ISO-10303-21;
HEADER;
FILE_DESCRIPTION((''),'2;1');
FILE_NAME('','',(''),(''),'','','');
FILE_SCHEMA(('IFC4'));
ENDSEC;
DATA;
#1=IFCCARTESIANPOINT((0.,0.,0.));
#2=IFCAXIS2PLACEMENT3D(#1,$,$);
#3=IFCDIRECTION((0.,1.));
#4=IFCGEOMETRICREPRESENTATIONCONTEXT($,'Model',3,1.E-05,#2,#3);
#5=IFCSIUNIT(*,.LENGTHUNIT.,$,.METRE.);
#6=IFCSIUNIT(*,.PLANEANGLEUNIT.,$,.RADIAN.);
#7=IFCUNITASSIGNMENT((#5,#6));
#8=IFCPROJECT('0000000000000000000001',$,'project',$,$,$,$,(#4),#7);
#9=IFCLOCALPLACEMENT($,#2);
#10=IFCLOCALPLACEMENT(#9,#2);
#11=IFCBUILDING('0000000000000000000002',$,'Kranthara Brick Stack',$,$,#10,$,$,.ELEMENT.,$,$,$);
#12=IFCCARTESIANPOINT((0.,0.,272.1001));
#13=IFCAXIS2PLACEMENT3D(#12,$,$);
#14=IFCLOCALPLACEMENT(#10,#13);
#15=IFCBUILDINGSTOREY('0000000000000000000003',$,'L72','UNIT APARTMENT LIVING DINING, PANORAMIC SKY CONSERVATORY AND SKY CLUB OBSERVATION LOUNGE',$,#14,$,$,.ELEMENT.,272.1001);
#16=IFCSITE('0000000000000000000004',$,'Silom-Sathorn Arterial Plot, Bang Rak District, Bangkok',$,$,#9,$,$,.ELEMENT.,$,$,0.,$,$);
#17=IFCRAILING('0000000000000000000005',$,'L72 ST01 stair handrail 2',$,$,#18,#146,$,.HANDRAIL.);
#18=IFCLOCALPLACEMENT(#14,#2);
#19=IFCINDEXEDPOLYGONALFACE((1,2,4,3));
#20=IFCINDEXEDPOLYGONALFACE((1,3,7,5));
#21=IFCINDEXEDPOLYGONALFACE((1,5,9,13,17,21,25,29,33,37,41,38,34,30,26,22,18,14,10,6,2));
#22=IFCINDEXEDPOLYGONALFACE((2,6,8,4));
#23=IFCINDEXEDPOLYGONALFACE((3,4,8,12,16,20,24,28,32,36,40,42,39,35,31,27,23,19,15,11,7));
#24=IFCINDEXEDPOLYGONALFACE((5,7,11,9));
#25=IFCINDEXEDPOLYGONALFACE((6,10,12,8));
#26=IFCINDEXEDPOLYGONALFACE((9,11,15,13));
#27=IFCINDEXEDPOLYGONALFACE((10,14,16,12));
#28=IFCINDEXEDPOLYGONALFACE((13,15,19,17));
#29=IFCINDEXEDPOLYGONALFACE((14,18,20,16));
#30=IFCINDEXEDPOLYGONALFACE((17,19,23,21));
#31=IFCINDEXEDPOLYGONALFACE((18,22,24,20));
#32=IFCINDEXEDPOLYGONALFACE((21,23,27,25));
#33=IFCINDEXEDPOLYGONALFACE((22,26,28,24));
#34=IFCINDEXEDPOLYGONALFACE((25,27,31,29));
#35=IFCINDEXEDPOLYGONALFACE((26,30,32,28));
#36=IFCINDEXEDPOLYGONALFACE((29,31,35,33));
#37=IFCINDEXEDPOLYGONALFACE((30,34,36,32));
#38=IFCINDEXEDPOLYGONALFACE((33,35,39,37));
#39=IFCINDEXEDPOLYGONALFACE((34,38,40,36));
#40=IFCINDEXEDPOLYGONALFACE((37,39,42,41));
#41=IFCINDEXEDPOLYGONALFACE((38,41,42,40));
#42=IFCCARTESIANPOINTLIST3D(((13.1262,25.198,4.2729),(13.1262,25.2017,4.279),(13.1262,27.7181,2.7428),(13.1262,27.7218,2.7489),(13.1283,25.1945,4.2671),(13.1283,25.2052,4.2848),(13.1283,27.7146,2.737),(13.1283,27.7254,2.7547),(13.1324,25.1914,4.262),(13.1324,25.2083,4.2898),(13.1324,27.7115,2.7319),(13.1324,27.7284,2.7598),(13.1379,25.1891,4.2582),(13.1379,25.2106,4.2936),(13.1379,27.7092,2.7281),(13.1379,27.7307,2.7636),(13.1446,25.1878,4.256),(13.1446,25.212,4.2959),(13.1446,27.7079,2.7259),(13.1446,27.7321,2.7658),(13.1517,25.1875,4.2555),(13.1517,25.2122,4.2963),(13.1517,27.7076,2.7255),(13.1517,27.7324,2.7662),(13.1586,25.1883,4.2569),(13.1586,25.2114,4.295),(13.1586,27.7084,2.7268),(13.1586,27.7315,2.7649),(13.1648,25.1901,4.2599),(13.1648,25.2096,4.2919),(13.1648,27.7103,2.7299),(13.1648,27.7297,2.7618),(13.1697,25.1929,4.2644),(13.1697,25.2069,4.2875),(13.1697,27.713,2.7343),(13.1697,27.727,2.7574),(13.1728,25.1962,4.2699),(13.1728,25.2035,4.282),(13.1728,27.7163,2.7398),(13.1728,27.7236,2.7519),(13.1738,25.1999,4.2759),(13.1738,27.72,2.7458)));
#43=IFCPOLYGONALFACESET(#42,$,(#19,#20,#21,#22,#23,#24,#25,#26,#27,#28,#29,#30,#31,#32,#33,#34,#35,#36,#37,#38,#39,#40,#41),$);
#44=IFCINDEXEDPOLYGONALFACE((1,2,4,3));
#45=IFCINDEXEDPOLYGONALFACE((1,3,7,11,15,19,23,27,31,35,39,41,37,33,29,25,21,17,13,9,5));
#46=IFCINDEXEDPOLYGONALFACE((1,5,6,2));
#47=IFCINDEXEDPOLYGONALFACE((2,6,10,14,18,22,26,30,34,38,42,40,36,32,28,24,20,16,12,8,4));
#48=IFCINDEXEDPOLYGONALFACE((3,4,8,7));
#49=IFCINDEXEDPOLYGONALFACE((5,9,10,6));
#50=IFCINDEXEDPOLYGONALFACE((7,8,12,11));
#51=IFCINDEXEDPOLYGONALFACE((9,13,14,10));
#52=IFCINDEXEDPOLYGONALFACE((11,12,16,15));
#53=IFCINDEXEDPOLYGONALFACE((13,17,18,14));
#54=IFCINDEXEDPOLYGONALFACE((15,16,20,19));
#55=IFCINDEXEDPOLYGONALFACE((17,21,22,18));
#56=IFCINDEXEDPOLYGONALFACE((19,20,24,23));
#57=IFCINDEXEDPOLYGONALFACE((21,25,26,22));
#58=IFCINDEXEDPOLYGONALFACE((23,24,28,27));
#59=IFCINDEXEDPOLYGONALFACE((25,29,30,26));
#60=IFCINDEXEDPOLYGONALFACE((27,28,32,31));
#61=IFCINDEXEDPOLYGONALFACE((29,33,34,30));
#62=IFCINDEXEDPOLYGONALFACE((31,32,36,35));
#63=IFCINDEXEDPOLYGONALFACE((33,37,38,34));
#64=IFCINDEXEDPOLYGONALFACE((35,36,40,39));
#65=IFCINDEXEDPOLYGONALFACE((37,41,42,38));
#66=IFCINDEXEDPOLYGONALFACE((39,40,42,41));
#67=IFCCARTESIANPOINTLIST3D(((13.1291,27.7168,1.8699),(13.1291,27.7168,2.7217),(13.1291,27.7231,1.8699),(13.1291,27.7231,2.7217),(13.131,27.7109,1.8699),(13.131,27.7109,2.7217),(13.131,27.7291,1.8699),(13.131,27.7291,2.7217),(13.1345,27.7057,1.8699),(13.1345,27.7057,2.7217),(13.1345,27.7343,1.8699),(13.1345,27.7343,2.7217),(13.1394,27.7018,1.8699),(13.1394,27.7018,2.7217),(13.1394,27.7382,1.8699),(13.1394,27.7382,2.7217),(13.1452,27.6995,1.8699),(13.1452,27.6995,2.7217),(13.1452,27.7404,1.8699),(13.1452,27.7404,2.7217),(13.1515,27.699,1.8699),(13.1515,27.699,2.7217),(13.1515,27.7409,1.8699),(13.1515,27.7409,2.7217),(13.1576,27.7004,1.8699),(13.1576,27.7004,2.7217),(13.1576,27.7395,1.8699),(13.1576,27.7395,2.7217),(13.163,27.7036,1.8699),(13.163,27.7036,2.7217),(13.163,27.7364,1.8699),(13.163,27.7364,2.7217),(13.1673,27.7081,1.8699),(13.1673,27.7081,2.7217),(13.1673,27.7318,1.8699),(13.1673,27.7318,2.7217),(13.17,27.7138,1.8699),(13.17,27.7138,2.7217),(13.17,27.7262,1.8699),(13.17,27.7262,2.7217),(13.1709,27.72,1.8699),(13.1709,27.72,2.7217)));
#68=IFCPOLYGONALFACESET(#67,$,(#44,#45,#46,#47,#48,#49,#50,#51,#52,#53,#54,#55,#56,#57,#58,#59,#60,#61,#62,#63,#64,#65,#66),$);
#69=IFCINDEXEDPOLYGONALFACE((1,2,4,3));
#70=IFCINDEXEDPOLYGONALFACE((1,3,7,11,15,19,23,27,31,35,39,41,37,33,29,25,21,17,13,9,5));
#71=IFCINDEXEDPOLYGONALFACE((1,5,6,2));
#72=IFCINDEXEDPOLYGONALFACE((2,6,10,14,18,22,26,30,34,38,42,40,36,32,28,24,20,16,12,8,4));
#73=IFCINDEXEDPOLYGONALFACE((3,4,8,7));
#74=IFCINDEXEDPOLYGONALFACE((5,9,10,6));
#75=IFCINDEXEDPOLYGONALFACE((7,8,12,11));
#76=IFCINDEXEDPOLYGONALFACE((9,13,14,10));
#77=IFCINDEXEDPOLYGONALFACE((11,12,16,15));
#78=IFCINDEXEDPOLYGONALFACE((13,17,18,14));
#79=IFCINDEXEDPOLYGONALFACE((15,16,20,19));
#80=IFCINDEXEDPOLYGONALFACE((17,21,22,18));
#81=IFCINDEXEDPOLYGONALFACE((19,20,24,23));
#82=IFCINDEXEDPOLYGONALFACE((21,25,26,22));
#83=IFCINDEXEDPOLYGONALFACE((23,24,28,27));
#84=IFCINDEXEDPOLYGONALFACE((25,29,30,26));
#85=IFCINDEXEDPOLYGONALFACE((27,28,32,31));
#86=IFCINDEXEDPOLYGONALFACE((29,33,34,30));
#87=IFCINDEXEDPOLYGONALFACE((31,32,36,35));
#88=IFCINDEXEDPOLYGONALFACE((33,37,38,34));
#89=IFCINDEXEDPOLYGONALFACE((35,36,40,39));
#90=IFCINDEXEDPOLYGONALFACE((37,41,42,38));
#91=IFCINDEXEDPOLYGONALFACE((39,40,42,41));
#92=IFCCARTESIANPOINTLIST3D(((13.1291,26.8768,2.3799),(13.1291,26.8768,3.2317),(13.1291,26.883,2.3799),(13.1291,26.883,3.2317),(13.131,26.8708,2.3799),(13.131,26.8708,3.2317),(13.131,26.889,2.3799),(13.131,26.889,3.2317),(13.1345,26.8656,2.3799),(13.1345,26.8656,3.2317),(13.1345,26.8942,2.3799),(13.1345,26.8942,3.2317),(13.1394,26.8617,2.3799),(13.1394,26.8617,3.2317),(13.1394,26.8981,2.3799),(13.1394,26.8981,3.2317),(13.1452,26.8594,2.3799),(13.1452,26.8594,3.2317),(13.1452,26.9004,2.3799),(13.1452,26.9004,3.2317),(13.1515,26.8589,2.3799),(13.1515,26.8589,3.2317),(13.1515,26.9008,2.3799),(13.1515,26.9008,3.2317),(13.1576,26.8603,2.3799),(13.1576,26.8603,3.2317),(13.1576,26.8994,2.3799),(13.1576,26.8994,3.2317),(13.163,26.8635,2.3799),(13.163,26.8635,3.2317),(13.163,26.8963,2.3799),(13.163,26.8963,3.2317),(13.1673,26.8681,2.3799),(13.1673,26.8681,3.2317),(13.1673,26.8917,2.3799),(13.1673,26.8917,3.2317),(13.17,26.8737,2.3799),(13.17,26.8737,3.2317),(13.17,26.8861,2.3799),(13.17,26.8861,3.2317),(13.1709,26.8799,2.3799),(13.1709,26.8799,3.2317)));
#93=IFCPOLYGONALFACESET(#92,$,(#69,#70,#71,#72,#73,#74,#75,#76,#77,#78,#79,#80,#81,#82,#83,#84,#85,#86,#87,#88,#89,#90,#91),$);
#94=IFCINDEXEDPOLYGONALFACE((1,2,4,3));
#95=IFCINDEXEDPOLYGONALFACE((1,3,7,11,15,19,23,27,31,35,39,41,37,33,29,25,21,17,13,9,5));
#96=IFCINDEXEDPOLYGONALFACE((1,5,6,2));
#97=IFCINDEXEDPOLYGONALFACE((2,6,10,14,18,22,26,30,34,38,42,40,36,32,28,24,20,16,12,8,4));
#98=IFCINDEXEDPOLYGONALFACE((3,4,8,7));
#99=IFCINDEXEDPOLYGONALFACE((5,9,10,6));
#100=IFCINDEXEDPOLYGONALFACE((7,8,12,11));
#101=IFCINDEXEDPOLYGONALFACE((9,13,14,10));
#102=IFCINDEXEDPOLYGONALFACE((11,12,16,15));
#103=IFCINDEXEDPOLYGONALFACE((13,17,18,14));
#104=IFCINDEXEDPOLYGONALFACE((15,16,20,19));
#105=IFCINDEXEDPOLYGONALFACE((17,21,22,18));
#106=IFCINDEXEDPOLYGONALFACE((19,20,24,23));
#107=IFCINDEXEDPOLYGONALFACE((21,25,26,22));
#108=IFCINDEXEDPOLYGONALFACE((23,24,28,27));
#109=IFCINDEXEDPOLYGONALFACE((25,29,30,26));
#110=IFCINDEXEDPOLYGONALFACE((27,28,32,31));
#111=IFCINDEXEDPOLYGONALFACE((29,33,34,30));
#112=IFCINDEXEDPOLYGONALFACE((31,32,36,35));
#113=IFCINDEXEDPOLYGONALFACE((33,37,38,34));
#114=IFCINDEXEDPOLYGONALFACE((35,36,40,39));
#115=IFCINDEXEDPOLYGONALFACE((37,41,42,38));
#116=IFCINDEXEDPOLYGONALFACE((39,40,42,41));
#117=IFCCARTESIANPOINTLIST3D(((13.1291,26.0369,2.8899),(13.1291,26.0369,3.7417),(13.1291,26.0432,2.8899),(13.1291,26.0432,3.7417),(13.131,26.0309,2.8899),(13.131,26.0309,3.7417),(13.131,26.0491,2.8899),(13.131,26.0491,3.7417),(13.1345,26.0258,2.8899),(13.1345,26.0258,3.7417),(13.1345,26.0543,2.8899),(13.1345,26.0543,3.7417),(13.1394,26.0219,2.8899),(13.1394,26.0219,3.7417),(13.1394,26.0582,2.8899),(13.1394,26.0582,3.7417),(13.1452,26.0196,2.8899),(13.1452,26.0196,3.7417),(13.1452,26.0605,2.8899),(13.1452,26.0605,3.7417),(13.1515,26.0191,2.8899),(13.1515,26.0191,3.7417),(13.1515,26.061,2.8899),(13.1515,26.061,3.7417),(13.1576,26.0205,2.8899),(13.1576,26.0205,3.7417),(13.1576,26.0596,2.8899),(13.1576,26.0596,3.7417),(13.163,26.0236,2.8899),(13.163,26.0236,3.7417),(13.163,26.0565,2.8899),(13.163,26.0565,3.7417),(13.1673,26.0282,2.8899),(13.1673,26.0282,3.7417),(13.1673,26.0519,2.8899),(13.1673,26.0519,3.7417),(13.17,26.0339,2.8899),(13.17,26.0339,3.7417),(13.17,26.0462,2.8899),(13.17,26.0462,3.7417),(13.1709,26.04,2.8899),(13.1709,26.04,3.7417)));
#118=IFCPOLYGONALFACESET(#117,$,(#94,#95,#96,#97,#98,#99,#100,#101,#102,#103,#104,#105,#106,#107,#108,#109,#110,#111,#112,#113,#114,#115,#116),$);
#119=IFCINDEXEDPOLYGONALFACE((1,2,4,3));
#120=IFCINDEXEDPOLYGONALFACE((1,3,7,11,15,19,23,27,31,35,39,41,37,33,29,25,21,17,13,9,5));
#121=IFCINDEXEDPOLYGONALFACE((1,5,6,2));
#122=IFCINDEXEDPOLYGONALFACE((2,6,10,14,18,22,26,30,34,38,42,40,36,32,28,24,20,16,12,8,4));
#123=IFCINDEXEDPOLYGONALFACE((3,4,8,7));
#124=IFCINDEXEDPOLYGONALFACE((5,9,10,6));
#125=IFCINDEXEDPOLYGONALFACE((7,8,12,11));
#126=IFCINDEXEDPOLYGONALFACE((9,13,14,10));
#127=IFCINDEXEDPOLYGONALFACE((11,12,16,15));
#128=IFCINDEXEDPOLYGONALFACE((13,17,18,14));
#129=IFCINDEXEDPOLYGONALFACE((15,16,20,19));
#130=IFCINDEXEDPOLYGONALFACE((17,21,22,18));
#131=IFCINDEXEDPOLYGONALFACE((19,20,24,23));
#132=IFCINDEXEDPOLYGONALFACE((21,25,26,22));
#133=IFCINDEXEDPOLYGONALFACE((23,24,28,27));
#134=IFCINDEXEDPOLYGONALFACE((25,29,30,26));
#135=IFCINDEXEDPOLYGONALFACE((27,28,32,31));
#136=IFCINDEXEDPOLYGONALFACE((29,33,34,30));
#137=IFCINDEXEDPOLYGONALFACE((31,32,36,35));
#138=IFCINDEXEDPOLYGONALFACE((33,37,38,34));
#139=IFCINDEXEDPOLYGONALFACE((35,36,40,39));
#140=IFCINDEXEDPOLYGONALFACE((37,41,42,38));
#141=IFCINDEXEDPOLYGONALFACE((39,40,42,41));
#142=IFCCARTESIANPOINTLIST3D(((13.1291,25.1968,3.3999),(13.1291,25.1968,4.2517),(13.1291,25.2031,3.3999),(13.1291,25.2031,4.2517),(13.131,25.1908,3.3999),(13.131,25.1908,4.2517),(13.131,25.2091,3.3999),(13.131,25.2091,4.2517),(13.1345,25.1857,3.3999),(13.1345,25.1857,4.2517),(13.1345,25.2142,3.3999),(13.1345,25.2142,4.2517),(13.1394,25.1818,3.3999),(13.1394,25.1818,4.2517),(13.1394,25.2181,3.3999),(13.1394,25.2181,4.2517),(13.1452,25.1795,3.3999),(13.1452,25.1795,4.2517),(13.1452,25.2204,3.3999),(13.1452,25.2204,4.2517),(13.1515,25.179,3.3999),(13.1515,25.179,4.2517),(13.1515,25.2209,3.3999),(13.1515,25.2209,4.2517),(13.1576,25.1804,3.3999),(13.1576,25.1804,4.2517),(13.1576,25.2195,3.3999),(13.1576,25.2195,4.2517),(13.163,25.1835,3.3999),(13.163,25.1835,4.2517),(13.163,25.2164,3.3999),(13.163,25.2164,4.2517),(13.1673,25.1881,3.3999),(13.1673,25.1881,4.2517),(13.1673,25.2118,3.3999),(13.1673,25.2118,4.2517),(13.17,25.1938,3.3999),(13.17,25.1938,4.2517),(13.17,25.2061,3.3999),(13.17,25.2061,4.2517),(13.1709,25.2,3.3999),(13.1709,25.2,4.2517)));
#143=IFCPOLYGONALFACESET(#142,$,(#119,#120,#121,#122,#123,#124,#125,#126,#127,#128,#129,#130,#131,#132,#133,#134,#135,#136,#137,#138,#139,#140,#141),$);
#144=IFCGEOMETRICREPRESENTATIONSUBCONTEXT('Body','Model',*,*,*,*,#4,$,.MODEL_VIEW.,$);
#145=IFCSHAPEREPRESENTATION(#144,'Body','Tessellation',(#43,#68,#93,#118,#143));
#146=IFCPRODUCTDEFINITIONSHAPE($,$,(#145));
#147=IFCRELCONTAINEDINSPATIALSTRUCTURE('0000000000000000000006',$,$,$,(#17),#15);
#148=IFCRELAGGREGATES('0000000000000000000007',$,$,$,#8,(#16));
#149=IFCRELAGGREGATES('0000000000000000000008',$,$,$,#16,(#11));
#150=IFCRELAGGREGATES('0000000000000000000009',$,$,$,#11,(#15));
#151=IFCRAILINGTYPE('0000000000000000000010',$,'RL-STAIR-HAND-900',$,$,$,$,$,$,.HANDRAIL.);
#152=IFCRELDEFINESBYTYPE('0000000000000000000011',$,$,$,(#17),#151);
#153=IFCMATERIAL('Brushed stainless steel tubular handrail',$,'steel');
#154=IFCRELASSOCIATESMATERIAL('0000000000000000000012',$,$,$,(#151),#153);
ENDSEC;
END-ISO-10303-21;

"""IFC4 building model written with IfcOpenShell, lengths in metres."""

from ifc_helpers import new_model, si_unit, direction, frame, origin, origin_2d, place, context, subcontext, project, spatial, circle, extrude, material, type_object, element, save


model = new_model("IFC4")

# Units and contexts
model_context = context("Model", 3, precision=1e-05, world=origin(), true_north=direction((0.0, 1.0)))
body_context = subcontext(model_context, "Body", "Model", "MODEL_VIEW")
ifc_project = project(units=[si_unit("LENGTHUNIT", "METRE"), si_unit("PLANEANGLEUNIT", "RADIAN")], contexts=[model_context])

# Site, building, storey
site_placement = place(None, origin())
site = spatial("IfcSite", under=ifc_project, at=site_placement, Name="Silom-Sathorn Arterial Plot, Bang Rak District, Bangkok", CompositionType="ELEMENT", RefElevation=0.0)
building_placement = place(site_placement, origin())
building = spatial("IfcBuilding", under=site, at=building_placement, Name="Kranthara Brick Stack", CompositionType="ELEMENT")
storey_placement = place(building_placement, frame((0.0, 0.0, 272.1001)))
storey = spatial("IfcBuildingStorey", under=building, at=storey_placement, Name="L72", Description="UNIT APARTMENT LIVING DINING, PANORAMIC SKY CONSERVATORY AND SKY CLUB OBSERVATION LOUNGE", CompositionType="ELEMENT", Elevation=272.1001)

# Railing
ifc_material_1 = material(Name="Brushed stainless steel tubular handrail", Category="steel")
railing_type_1 = type_object("IfcRailingType", Name="RL-STAIR-HAND-900", PredefinedType="HANDRAIL", material=ifc_material_1)
railing_1_placement = place(storey_placement, frame((13.1499, 27.72, 1.8699)))
element("IfcRailing", 1, at=railing_1_placement, inside=storey, type_object=railing_type_1, Name="L72 ST01 stair handrail 2", PredefinedType="HANDRAIL", context=body_context, shape_type="SweptSolid", body=[
    extrude(circle(Radius=0.0239, at=origin_2d()), frame((0.0, 0.0, 0.876), z_axis=(0.0, -0.854785, 0.518982), x_axis=(1.0, 0.0, 0.0)), (0.0, 0.0, 1.0), 2.9482),
    extrude(circle(Radius=0.021, at=origin_2d()), origin(), (0.0, 0.0, 1.0), 0.8518),
    extrude(circle(Radius=0.021, at=origin_2d()), frame((0.0, -0.8401, 0.51)), (0.0, 0.0, 1.0), 0.8518),
    extrude(circle(Radius=0.021, at=origin_2d()), frame((0.0, -1.6799, 1.02)), (0.0, 0.0, 1.0), 0.8518),
    extrude(circle(Radius=0.021, at=origin_2d()), frame((0.0, -2.52, 1.53)), (0.0, 0.0, 1.0), 0.8518),
])

save(model, "model.ifc")
